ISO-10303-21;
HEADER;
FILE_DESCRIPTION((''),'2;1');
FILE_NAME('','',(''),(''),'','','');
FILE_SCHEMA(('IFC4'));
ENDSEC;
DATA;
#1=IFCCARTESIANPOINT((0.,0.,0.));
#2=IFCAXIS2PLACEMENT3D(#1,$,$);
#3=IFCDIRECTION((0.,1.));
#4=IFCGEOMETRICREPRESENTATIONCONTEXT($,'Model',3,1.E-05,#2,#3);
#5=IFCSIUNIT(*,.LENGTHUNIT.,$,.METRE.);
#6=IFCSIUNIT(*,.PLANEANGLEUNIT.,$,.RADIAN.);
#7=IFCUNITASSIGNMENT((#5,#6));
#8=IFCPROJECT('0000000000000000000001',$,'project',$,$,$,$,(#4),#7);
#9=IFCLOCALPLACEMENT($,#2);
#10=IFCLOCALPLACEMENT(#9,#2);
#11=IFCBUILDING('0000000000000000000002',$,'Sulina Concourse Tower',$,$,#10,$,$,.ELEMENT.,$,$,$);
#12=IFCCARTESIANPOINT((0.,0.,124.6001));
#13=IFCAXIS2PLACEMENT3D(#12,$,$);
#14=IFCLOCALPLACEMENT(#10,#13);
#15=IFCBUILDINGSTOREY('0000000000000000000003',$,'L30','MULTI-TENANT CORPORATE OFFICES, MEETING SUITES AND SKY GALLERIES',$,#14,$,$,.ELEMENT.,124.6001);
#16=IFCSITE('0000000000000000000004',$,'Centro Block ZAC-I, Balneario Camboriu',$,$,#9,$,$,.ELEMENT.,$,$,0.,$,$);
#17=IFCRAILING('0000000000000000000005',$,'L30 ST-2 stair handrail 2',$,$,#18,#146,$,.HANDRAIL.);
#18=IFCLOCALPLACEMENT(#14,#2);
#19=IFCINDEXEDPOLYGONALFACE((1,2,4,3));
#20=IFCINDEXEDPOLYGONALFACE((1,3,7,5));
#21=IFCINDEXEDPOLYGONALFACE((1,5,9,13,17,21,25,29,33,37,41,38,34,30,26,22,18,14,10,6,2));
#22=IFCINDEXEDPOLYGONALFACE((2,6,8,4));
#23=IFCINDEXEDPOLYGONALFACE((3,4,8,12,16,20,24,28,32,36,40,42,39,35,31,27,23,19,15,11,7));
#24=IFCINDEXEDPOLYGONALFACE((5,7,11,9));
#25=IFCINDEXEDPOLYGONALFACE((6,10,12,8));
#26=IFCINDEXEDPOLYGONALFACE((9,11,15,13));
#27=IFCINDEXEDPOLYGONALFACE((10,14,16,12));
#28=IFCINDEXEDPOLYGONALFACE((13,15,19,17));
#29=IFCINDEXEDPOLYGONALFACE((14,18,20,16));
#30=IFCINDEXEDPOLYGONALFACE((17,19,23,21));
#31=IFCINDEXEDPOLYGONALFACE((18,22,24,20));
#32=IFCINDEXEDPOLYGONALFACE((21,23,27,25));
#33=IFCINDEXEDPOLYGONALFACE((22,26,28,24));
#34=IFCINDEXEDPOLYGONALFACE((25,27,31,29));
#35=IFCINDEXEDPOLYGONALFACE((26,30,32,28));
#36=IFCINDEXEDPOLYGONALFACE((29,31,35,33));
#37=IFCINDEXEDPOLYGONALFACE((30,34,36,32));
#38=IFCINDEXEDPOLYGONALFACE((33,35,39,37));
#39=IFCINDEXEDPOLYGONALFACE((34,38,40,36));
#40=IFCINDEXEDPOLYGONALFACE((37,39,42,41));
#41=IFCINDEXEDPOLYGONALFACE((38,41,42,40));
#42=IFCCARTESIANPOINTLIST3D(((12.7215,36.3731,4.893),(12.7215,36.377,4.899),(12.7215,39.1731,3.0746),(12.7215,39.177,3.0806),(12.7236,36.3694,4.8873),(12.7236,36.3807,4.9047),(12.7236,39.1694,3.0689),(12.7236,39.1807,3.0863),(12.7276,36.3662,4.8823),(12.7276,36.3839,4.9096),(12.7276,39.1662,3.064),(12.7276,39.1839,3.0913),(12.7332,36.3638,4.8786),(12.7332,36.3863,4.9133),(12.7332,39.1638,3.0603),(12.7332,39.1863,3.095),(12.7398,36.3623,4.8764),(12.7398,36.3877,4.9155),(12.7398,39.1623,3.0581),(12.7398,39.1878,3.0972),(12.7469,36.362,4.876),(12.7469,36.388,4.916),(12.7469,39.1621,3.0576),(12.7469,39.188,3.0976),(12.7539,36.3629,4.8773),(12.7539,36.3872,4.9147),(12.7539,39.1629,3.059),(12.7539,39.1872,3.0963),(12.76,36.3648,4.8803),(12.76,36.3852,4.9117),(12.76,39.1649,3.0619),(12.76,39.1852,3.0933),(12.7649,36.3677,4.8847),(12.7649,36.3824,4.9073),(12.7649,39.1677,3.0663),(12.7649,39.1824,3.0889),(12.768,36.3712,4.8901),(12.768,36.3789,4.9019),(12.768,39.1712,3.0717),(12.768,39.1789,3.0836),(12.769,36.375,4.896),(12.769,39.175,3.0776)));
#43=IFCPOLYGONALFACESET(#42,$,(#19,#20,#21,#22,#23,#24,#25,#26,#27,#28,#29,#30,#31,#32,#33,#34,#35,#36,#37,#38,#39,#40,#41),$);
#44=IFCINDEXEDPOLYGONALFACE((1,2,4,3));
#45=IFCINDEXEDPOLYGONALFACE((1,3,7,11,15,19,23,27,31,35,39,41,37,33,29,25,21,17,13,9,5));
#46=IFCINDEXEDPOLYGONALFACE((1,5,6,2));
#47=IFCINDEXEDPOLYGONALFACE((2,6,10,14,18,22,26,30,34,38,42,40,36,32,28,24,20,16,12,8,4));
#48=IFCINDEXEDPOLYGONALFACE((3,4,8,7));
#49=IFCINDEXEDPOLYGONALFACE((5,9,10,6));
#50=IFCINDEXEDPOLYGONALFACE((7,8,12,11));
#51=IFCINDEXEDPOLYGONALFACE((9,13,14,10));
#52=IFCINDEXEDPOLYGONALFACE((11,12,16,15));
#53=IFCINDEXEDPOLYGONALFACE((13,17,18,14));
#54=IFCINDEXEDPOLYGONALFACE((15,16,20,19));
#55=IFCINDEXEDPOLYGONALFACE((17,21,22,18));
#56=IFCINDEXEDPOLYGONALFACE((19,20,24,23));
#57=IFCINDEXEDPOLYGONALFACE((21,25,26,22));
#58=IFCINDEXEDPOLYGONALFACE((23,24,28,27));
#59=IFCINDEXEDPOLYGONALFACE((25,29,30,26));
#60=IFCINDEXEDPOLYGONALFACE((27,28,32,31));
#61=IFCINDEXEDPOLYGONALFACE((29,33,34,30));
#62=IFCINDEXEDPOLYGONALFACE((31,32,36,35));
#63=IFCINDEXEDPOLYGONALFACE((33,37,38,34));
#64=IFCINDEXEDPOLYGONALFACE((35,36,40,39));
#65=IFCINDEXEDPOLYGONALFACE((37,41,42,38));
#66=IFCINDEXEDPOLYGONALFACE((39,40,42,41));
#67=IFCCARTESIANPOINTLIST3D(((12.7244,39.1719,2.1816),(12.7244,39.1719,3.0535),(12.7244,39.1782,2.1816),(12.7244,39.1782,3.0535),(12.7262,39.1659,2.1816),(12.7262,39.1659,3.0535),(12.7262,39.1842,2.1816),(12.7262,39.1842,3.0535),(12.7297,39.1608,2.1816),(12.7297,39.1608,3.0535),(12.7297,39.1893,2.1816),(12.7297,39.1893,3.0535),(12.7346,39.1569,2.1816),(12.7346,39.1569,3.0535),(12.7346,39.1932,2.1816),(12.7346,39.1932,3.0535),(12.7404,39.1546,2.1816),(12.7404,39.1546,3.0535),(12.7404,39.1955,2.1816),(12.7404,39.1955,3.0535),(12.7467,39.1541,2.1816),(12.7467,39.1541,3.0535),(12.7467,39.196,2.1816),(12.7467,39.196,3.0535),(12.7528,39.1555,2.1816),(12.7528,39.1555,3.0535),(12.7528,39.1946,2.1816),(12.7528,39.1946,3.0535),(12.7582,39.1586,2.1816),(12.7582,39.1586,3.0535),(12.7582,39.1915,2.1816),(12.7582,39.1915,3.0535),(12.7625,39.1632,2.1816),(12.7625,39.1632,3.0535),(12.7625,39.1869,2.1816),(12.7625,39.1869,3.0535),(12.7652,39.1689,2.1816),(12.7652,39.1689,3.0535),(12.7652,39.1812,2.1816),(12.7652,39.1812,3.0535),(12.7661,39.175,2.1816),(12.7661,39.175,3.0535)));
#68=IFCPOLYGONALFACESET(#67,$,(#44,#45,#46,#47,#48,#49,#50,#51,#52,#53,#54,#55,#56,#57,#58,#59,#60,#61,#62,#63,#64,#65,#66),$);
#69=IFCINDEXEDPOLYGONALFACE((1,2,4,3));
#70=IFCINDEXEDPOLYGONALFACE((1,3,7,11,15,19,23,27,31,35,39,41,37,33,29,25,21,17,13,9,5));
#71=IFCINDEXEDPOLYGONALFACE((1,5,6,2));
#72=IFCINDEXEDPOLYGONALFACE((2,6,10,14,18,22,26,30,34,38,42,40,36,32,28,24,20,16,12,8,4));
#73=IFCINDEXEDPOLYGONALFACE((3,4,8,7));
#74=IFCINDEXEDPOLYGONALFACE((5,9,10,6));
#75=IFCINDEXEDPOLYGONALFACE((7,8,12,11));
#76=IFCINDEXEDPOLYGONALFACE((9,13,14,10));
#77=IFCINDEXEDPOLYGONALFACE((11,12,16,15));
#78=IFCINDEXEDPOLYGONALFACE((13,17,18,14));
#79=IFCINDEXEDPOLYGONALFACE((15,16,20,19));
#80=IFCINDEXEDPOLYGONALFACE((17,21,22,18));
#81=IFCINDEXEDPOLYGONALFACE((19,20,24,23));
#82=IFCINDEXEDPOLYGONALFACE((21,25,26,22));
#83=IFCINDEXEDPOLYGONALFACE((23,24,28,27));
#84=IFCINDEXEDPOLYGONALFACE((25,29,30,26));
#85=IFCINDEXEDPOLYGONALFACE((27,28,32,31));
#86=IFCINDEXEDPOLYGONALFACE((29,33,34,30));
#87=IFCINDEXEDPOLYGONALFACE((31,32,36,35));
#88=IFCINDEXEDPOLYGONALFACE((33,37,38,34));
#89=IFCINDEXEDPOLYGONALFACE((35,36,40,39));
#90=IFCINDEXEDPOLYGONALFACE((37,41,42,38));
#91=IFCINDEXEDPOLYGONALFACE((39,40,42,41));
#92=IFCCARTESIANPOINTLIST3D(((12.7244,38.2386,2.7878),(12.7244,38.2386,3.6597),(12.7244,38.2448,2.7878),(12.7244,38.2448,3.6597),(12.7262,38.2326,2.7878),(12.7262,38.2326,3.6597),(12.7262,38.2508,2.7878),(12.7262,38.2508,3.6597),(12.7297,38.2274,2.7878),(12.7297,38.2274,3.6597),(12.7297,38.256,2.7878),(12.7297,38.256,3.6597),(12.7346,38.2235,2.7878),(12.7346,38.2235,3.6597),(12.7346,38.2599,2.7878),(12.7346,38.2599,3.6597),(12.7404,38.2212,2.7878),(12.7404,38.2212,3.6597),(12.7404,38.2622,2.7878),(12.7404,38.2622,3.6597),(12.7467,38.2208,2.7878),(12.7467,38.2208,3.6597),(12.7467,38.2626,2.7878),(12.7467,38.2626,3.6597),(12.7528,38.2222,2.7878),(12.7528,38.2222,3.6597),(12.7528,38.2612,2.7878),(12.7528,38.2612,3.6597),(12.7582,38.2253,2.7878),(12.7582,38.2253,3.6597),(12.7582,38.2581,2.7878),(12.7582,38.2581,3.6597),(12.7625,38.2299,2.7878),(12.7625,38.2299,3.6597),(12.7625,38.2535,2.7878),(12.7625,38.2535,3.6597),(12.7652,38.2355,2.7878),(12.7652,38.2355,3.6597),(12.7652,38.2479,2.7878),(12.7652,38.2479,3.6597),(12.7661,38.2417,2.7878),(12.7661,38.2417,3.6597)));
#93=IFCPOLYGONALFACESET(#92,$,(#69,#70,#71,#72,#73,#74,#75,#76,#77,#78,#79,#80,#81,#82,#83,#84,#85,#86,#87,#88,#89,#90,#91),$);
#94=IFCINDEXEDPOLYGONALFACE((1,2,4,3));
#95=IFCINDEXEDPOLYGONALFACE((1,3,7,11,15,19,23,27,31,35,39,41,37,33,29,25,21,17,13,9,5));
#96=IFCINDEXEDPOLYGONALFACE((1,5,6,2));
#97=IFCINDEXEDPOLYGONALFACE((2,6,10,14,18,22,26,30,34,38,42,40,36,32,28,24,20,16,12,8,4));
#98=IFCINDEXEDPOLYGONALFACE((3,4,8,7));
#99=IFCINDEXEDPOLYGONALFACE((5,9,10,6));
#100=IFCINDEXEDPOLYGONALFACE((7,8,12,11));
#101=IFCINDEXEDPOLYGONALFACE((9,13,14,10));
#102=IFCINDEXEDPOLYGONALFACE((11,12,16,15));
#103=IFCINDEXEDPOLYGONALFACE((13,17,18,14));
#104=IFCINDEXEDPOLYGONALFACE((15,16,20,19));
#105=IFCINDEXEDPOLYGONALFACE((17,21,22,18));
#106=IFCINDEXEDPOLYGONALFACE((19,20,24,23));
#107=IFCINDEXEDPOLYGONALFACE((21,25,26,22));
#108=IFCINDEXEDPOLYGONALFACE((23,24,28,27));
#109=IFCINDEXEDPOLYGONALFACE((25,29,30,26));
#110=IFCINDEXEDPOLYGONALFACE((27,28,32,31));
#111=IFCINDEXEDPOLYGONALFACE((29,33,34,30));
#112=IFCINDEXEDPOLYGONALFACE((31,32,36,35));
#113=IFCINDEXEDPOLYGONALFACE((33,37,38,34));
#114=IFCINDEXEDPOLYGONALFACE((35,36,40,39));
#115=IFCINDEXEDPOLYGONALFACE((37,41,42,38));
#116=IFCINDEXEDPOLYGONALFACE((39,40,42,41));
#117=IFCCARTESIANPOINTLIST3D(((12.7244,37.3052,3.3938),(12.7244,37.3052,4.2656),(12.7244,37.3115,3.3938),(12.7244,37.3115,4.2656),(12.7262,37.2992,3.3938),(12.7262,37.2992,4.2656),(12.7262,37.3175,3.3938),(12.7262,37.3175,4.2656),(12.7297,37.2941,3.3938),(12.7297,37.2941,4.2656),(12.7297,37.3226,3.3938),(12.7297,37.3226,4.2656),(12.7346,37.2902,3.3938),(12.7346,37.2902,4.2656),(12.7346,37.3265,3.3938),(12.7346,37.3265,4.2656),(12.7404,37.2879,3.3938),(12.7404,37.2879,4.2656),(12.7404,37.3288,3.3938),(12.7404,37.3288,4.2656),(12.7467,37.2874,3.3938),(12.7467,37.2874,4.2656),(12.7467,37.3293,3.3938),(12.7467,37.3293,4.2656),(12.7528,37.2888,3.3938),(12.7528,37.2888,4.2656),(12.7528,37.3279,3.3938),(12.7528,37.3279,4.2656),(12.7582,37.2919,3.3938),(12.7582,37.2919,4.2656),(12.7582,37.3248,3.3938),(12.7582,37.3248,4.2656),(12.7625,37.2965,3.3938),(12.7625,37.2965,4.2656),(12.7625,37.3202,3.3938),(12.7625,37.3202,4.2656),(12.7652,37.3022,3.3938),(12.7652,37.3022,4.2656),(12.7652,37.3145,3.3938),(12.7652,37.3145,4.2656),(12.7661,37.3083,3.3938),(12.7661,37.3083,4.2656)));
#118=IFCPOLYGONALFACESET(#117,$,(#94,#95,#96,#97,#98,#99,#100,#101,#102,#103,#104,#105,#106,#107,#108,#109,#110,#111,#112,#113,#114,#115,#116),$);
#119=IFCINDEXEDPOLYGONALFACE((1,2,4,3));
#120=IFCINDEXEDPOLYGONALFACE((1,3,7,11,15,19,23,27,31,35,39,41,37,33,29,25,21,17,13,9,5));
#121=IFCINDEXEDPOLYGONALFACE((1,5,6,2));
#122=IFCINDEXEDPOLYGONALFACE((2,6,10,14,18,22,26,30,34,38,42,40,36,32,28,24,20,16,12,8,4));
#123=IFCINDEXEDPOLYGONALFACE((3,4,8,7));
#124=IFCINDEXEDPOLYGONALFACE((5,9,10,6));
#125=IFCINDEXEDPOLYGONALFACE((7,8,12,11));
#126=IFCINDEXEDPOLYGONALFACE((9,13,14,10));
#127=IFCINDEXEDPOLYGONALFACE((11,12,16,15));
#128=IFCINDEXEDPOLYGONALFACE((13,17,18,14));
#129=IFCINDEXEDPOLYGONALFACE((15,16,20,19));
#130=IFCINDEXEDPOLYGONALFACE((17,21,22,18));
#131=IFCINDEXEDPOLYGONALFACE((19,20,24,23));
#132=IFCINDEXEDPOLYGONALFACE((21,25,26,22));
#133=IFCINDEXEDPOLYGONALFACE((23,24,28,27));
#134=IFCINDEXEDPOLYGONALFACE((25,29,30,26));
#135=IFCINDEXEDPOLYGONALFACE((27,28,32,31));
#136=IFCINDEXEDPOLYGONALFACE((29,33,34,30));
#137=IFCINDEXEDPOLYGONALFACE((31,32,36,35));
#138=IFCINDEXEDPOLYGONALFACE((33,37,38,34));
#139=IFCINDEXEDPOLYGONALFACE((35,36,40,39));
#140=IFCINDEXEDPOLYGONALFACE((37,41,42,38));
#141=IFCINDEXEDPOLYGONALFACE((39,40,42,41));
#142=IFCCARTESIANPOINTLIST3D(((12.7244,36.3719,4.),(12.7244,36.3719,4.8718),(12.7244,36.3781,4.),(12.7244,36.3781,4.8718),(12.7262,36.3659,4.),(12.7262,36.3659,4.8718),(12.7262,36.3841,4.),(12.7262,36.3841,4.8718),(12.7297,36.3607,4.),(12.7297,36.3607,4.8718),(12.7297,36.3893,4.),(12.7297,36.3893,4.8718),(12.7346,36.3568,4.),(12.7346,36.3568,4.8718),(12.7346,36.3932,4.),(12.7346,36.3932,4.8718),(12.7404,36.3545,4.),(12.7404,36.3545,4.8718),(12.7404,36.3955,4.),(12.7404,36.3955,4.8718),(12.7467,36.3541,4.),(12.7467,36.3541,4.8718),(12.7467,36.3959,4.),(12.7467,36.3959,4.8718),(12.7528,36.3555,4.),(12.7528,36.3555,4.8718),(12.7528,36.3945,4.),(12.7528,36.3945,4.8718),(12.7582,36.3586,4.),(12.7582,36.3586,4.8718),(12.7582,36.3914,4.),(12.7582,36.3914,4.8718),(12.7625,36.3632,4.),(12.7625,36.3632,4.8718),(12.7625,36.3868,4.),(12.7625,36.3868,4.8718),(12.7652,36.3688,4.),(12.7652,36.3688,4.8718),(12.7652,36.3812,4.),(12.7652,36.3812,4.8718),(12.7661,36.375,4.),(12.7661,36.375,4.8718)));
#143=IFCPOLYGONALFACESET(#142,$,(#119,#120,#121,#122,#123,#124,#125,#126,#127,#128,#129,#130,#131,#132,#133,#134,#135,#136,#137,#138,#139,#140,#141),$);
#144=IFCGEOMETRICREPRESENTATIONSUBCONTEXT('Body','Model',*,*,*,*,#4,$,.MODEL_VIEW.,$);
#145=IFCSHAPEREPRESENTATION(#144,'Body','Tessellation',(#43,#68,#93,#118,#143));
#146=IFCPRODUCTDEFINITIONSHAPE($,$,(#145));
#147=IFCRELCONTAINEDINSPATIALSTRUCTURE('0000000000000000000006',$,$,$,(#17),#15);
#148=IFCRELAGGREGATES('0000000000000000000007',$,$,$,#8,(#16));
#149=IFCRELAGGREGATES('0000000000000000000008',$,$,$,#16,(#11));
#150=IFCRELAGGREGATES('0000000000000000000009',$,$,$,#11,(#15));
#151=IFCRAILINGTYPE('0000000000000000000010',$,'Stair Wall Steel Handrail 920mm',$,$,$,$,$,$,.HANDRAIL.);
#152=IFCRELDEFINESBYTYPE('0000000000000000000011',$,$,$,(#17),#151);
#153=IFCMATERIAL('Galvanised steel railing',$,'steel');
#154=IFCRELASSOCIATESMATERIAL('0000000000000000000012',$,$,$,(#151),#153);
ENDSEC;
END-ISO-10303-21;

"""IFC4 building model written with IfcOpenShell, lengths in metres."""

from ifc_helpers import new_model, si_unit, direction, frame, origin, origin_2d, place, context, subcontext, project, spatial, circle, extrude, material, type_object, element, save


model = new_model("IFC4")

# Units and contexts
model_context = context("Model", 3, precision=1e-05, world=origin(), true_north=direction((0.0, 1.0)))
body_context = subcontext(model_context, "Body", "Model", "MODEL_VIEW")
ifc_project = project(units=[si_unit("LENGTHUNIT", "METRE"), si_unit("PLANEANGLEUNIT", "RADIAN")], contexts=[model_context])

# Site, building, storey
site_placement = place(None, origin())
site = spatial("IfcSite", under=ifc_project, at=site_placement, Name="Centro Block ZAC-I, Balneario Camboriu", CompositionType="ELEMENT", RefElevation=0.0)
building_placement = place(site_placement, origin())
building = spatial("IfcBuilding", under=site, at=building_placement, Name="Sulina Concourse Tower", CompositionType="ELEMENT")
storey_placement = place(building_placement, frame((0.0, 0.0, 124.6001)))
storey = spatial("IfcBuildingStorey", under=building, at=storey_placement, Name="L30", Description="MULTI-TENANT CORPORATE OFFICES, MEETING SUITES AND SKY GALLERIES", CompositionType="ELEMENT", Elevation=124.6001)

# Railing
ifc_material_1 = material(Name="Galvanised steel railing", Category="steel")
railing_type_1 = type_object("IfcRailingType", Name="Stair Wall Steel Handrail 920mm", PredefinedType="HANDRAIL", material=ifc_material_1)
railing_1_placement = place(storey_placement, frame((12.7451, 39.175, 2.1816)))
element("IfcRailing", 1, at=railing_1_placement, inside=storey, type_object=railing_type_1, Name="L30 ST-2 stair handrail 2", PredefinedType="HANDRAIL", context=body_context, shape_type="SweptSolid", body=[
    extrude(circle(Radius=0.0239, at=origin_2d()), frame((0.0, 0.0, 0.896), z_axis=(0.0, -0.838672, 0.544636), x_axis=(1.0, 0.0, 0.0)), (0.0, 0.0, 1.0), 3.3386),
    extrude(circle(Radius=0.021, at=origin_2d()), origin(), (0.0, 0.0, 1.0), 0.8718),
    extrude(circle(Radius=0.021, at=origin_2d()), frame((0.0, -0.9333, 0.6062)), (0.0, 0.0, 1.0), 0.8718),
    extrude(circle(Radius=0.021, at=origin_2d()), frame((0.0, -1.8667, 1.2122)), (0.0, 0.0, 1.0), 0.8718),
    extrude(circle(Radius=0.021, at=origin_2d()), frame((0.0, -2.8, 1.8184)), (0.0, 0.0, 1.0), 0.8718),
])

save(model, "model.ifc")
